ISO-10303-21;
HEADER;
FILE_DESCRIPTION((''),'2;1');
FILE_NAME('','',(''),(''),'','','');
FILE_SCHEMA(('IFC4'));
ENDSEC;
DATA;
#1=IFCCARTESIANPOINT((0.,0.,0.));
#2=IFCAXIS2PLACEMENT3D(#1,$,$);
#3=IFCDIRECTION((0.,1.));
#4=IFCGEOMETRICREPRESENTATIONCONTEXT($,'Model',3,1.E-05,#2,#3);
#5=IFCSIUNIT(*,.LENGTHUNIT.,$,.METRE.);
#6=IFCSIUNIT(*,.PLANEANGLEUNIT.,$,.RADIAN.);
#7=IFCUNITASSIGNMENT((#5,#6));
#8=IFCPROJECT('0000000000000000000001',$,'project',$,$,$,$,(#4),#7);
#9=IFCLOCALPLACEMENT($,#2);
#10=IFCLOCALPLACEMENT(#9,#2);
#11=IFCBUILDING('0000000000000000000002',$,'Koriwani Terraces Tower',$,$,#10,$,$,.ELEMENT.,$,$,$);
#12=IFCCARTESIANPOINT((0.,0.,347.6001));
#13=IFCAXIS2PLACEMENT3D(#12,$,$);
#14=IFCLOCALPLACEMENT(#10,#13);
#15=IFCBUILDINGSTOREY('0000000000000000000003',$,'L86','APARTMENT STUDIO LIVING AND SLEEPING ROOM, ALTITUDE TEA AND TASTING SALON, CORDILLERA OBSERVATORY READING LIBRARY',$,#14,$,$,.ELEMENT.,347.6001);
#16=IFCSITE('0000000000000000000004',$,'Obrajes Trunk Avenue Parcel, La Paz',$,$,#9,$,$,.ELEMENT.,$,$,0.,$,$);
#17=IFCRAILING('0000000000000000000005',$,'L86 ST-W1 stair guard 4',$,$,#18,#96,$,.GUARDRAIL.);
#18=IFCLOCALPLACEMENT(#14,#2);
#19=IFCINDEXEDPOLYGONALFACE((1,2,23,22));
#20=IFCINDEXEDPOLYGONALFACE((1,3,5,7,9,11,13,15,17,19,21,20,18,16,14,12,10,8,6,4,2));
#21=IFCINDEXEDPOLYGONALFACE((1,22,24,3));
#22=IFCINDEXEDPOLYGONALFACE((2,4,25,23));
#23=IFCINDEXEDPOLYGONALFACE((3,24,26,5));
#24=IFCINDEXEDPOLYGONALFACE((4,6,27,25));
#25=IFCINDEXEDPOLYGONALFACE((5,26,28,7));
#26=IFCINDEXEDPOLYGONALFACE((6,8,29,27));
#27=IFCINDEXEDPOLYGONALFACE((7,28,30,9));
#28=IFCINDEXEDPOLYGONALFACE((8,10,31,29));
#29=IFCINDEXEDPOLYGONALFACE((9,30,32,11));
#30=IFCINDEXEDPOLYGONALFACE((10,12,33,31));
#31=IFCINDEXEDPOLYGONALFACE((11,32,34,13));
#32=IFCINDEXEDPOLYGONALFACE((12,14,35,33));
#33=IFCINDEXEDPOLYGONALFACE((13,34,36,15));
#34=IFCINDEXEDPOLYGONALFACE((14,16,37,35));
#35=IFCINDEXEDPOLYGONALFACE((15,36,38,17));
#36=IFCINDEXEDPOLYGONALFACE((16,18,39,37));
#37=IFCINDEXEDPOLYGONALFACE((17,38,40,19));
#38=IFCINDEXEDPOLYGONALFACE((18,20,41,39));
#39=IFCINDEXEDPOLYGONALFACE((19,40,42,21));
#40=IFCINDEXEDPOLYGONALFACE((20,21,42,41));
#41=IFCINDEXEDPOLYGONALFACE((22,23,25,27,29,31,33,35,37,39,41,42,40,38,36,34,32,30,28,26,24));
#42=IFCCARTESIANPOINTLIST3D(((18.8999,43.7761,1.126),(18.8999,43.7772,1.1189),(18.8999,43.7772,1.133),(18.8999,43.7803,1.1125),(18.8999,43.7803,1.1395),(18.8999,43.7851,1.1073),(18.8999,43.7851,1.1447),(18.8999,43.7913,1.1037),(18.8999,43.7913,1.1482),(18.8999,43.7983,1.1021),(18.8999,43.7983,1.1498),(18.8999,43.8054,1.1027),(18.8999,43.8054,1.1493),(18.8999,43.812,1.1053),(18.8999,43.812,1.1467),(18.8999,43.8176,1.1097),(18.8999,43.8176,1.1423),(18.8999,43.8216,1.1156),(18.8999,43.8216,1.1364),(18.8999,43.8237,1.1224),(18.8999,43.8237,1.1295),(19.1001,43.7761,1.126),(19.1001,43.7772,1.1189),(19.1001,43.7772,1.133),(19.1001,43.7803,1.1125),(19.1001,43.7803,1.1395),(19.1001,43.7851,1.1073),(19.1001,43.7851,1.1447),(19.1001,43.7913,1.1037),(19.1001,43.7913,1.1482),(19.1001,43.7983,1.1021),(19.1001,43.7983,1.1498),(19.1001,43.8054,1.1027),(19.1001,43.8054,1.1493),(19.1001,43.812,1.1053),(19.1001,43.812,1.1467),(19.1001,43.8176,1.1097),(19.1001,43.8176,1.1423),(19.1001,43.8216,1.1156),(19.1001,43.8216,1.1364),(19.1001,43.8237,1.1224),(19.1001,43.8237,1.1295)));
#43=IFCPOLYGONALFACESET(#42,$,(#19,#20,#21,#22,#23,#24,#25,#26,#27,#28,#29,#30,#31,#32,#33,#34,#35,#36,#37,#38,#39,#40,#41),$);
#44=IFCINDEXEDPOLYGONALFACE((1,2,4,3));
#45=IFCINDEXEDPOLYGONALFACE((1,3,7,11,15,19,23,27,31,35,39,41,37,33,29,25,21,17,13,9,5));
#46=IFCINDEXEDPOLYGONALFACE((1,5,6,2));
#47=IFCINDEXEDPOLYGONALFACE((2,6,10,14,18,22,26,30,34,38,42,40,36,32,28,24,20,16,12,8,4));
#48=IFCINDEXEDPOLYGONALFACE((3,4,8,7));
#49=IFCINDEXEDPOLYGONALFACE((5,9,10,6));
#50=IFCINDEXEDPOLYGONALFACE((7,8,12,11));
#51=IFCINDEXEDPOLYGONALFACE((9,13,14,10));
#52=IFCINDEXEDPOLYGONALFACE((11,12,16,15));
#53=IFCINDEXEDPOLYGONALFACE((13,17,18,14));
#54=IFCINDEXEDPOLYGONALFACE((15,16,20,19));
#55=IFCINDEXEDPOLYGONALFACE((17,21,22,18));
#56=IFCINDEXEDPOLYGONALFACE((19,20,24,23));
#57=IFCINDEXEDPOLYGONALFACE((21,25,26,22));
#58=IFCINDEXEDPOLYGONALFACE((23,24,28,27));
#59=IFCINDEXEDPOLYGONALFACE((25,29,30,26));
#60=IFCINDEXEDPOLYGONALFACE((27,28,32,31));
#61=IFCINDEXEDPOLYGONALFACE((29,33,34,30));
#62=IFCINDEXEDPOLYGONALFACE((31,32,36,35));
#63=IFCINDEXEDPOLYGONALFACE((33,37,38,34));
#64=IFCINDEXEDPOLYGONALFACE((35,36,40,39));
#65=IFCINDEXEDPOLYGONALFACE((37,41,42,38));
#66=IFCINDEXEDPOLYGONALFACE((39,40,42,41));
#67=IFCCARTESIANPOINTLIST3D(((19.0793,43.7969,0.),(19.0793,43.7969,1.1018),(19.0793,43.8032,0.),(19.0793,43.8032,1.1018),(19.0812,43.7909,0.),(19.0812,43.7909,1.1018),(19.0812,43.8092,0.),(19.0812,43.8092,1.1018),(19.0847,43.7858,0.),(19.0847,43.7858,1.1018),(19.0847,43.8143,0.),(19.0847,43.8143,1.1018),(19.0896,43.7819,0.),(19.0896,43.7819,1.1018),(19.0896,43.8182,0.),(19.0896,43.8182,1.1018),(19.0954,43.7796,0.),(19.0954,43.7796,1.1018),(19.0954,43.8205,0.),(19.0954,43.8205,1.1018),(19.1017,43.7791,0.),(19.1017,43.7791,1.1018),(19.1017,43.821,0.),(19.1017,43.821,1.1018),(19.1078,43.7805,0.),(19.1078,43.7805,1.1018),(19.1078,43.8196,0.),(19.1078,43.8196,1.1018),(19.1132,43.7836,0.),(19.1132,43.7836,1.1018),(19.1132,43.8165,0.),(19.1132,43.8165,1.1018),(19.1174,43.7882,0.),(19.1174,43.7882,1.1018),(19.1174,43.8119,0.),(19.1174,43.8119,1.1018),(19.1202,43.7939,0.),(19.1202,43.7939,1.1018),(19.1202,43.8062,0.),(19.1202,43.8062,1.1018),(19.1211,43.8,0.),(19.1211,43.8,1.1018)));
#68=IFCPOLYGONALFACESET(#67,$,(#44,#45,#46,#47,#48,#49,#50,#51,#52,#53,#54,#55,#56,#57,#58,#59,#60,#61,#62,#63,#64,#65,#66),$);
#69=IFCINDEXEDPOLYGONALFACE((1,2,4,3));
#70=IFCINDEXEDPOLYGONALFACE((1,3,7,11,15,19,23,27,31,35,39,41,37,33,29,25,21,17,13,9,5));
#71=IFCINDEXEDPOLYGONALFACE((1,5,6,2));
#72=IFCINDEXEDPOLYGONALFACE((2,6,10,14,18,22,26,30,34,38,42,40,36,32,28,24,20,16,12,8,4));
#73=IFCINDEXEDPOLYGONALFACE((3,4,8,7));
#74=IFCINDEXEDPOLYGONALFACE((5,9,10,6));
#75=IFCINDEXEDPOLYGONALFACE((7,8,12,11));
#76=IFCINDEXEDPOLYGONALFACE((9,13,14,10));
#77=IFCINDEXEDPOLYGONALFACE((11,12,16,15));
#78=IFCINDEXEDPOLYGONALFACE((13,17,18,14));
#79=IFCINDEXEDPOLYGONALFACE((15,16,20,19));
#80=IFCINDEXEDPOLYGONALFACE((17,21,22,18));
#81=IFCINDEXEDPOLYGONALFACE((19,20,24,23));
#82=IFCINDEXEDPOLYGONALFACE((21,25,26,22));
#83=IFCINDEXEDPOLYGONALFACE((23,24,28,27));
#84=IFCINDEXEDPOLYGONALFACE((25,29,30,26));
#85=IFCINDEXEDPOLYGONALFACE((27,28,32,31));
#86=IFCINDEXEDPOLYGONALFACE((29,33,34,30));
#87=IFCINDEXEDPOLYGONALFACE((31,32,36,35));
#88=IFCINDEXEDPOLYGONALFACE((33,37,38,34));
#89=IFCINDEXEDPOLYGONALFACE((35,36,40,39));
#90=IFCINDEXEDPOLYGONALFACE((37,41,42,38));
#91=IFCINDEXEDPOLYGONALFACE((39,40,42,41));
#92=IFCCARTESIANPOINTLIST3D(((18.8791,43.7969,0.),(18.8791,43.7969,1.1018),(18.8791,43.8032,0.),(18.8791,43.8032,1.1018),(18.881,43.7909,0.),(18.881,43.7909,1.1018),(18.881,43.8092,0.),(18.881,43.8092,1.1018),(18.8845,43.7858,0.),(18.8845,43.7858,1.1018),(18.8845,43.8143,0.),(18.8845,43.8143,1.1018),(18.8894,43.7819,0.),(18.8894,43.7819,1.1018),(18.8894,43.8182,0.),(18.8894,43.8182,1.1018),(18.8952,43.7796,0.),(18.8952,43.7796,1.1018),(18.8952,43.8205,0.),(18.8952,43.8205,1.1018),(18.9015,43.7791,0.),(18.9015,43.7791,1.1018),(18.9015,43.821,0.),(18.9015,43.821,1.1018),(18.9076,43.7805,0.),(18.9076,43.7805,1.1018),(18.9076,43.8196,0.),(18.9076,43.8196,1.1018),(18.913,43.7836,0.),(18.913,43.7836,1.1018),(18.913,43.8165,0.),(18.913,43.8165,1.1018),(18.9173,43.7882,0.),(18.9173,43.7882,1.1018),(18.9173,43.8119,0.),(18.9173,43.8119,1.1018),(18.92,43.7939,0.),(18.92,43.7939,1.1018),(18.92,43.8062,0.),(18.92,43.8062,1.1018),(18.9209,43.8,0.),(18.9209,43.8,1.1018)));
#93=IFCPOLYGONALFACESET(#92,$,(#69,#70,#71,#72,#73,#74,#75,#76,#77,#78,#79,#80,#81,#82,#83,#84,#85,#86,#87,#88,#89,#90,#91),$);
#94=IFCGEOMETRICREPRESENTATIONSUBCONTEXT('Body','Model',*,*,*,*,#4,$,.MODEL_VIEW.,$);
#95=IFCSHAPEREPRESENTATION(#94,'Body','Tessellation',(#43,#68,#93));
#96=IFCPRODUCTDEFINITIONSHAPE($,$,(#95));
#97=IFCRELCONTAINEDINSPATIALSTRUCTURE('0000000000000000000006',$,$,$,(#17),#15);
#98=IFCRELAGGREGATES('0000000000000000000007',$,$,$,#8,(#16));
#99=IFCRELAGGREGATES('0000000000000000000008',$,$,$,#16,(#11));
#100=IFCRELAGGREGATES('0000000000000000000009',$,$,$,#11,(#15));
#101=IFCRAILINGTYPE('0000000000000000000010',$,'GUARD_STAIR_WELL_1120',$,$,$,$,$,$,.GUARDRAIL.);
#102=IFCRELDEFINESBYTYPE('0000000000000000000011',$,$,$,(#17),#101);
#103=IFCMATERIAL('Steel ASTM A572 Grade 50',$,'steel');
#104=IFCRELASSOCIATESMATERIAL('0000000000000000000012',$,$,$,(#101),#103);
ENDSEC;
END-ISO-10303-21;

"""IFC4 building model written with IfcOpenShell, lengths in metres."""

from ifc_helpers import new_model, si_unit, direction, frame, origin, origin_2d, place, context, subcontext, project, spatial, circle, extrude, material, type_object, element, save


model = new_model("IFC4")

# Units and contexts
model_context = context("Model", 3, precision=1e-05, world=origin(), true_north=direction((0.0, 1.0)))
body_context = subcontext(model_context, "Body", "Model", "MODEL_VIEW")
ifc_project = project(units=[si_unit("LENGTHUNIT", "METRE"), si_unit("PLANEANGLEUNIT", "RADIAN")], contexts=[model_context])

# Site, building, storey
site_placement = place(None, origin())
site = spatial("IfcSite", under=ifc_project, at=site_placement, Name="Obrajes Trunk Avenue Parcel, La Paz", CompositionType="ELEMENT", RefElevation=0.0)
building_placement = place(site_placement, origin())
building = spatial("IfcBuilding", under=site, at=building_placement, Name="Koriwani Terraces Tower", CompositionType="ELEMENT")
storey_placement = place(building_placement, frame((0.0, 0.0, 347.6001)))
storey = spatial("IfcBuildingStorey", under=building, at=storey_placement, Name="L86", Description="APARTMENT STUDIO LIVING AND SLEEPING ROOM, ALTITUDE TEA AND TASTING SALON, CORDILLERA OBSERVATORY READING LIBRARY", CompositionType="ELEMENT", Elevation=347.6001)

# Shared definitions
ifc_material_1 = material(Name="Steel ASTM A572 Grade 50", Category="steel")

# Railing
railing_type_1 = type_object("IfcRailingType", Name="GUARD_STAIR_WELL_1120", PredefinedType="GUARDRAIL", material=ifc_material_1)
railing_1_placement = place(storey_placement, frame((19.1001, 43.8, 0.0)))
element("IfcRailing", 1, at=railing_1_placement, inside=storey, type_object=railing_type_1, Name="L86 ST-W1 stair guard 4", PredefinedType="GUARDRAIL", context=body_context, shape_type="SweptSolid", body=[
    extrude(circle(Radius=0.0239, at=origin_2d()), frame((0.0, 0.0, 1.126), z_axis=(-1.0, 0.0, 0.0), x_axis=(0.0, -1.0, 0.0)), (0.0, 0.0, 1.0), 0.2002),
    extrude(circle(Radius=0.021, at=origin_2d()), origin(), (0.0, 0.0, 1.0), 1.1018),
    extrude(circle(Radius=0.021, at=origin_2d()), frame((-0.2002, 0.0, 0.0)), (0.0, 0.0, 1.0), 1.1018),
])

save(model, "model.ifc")
